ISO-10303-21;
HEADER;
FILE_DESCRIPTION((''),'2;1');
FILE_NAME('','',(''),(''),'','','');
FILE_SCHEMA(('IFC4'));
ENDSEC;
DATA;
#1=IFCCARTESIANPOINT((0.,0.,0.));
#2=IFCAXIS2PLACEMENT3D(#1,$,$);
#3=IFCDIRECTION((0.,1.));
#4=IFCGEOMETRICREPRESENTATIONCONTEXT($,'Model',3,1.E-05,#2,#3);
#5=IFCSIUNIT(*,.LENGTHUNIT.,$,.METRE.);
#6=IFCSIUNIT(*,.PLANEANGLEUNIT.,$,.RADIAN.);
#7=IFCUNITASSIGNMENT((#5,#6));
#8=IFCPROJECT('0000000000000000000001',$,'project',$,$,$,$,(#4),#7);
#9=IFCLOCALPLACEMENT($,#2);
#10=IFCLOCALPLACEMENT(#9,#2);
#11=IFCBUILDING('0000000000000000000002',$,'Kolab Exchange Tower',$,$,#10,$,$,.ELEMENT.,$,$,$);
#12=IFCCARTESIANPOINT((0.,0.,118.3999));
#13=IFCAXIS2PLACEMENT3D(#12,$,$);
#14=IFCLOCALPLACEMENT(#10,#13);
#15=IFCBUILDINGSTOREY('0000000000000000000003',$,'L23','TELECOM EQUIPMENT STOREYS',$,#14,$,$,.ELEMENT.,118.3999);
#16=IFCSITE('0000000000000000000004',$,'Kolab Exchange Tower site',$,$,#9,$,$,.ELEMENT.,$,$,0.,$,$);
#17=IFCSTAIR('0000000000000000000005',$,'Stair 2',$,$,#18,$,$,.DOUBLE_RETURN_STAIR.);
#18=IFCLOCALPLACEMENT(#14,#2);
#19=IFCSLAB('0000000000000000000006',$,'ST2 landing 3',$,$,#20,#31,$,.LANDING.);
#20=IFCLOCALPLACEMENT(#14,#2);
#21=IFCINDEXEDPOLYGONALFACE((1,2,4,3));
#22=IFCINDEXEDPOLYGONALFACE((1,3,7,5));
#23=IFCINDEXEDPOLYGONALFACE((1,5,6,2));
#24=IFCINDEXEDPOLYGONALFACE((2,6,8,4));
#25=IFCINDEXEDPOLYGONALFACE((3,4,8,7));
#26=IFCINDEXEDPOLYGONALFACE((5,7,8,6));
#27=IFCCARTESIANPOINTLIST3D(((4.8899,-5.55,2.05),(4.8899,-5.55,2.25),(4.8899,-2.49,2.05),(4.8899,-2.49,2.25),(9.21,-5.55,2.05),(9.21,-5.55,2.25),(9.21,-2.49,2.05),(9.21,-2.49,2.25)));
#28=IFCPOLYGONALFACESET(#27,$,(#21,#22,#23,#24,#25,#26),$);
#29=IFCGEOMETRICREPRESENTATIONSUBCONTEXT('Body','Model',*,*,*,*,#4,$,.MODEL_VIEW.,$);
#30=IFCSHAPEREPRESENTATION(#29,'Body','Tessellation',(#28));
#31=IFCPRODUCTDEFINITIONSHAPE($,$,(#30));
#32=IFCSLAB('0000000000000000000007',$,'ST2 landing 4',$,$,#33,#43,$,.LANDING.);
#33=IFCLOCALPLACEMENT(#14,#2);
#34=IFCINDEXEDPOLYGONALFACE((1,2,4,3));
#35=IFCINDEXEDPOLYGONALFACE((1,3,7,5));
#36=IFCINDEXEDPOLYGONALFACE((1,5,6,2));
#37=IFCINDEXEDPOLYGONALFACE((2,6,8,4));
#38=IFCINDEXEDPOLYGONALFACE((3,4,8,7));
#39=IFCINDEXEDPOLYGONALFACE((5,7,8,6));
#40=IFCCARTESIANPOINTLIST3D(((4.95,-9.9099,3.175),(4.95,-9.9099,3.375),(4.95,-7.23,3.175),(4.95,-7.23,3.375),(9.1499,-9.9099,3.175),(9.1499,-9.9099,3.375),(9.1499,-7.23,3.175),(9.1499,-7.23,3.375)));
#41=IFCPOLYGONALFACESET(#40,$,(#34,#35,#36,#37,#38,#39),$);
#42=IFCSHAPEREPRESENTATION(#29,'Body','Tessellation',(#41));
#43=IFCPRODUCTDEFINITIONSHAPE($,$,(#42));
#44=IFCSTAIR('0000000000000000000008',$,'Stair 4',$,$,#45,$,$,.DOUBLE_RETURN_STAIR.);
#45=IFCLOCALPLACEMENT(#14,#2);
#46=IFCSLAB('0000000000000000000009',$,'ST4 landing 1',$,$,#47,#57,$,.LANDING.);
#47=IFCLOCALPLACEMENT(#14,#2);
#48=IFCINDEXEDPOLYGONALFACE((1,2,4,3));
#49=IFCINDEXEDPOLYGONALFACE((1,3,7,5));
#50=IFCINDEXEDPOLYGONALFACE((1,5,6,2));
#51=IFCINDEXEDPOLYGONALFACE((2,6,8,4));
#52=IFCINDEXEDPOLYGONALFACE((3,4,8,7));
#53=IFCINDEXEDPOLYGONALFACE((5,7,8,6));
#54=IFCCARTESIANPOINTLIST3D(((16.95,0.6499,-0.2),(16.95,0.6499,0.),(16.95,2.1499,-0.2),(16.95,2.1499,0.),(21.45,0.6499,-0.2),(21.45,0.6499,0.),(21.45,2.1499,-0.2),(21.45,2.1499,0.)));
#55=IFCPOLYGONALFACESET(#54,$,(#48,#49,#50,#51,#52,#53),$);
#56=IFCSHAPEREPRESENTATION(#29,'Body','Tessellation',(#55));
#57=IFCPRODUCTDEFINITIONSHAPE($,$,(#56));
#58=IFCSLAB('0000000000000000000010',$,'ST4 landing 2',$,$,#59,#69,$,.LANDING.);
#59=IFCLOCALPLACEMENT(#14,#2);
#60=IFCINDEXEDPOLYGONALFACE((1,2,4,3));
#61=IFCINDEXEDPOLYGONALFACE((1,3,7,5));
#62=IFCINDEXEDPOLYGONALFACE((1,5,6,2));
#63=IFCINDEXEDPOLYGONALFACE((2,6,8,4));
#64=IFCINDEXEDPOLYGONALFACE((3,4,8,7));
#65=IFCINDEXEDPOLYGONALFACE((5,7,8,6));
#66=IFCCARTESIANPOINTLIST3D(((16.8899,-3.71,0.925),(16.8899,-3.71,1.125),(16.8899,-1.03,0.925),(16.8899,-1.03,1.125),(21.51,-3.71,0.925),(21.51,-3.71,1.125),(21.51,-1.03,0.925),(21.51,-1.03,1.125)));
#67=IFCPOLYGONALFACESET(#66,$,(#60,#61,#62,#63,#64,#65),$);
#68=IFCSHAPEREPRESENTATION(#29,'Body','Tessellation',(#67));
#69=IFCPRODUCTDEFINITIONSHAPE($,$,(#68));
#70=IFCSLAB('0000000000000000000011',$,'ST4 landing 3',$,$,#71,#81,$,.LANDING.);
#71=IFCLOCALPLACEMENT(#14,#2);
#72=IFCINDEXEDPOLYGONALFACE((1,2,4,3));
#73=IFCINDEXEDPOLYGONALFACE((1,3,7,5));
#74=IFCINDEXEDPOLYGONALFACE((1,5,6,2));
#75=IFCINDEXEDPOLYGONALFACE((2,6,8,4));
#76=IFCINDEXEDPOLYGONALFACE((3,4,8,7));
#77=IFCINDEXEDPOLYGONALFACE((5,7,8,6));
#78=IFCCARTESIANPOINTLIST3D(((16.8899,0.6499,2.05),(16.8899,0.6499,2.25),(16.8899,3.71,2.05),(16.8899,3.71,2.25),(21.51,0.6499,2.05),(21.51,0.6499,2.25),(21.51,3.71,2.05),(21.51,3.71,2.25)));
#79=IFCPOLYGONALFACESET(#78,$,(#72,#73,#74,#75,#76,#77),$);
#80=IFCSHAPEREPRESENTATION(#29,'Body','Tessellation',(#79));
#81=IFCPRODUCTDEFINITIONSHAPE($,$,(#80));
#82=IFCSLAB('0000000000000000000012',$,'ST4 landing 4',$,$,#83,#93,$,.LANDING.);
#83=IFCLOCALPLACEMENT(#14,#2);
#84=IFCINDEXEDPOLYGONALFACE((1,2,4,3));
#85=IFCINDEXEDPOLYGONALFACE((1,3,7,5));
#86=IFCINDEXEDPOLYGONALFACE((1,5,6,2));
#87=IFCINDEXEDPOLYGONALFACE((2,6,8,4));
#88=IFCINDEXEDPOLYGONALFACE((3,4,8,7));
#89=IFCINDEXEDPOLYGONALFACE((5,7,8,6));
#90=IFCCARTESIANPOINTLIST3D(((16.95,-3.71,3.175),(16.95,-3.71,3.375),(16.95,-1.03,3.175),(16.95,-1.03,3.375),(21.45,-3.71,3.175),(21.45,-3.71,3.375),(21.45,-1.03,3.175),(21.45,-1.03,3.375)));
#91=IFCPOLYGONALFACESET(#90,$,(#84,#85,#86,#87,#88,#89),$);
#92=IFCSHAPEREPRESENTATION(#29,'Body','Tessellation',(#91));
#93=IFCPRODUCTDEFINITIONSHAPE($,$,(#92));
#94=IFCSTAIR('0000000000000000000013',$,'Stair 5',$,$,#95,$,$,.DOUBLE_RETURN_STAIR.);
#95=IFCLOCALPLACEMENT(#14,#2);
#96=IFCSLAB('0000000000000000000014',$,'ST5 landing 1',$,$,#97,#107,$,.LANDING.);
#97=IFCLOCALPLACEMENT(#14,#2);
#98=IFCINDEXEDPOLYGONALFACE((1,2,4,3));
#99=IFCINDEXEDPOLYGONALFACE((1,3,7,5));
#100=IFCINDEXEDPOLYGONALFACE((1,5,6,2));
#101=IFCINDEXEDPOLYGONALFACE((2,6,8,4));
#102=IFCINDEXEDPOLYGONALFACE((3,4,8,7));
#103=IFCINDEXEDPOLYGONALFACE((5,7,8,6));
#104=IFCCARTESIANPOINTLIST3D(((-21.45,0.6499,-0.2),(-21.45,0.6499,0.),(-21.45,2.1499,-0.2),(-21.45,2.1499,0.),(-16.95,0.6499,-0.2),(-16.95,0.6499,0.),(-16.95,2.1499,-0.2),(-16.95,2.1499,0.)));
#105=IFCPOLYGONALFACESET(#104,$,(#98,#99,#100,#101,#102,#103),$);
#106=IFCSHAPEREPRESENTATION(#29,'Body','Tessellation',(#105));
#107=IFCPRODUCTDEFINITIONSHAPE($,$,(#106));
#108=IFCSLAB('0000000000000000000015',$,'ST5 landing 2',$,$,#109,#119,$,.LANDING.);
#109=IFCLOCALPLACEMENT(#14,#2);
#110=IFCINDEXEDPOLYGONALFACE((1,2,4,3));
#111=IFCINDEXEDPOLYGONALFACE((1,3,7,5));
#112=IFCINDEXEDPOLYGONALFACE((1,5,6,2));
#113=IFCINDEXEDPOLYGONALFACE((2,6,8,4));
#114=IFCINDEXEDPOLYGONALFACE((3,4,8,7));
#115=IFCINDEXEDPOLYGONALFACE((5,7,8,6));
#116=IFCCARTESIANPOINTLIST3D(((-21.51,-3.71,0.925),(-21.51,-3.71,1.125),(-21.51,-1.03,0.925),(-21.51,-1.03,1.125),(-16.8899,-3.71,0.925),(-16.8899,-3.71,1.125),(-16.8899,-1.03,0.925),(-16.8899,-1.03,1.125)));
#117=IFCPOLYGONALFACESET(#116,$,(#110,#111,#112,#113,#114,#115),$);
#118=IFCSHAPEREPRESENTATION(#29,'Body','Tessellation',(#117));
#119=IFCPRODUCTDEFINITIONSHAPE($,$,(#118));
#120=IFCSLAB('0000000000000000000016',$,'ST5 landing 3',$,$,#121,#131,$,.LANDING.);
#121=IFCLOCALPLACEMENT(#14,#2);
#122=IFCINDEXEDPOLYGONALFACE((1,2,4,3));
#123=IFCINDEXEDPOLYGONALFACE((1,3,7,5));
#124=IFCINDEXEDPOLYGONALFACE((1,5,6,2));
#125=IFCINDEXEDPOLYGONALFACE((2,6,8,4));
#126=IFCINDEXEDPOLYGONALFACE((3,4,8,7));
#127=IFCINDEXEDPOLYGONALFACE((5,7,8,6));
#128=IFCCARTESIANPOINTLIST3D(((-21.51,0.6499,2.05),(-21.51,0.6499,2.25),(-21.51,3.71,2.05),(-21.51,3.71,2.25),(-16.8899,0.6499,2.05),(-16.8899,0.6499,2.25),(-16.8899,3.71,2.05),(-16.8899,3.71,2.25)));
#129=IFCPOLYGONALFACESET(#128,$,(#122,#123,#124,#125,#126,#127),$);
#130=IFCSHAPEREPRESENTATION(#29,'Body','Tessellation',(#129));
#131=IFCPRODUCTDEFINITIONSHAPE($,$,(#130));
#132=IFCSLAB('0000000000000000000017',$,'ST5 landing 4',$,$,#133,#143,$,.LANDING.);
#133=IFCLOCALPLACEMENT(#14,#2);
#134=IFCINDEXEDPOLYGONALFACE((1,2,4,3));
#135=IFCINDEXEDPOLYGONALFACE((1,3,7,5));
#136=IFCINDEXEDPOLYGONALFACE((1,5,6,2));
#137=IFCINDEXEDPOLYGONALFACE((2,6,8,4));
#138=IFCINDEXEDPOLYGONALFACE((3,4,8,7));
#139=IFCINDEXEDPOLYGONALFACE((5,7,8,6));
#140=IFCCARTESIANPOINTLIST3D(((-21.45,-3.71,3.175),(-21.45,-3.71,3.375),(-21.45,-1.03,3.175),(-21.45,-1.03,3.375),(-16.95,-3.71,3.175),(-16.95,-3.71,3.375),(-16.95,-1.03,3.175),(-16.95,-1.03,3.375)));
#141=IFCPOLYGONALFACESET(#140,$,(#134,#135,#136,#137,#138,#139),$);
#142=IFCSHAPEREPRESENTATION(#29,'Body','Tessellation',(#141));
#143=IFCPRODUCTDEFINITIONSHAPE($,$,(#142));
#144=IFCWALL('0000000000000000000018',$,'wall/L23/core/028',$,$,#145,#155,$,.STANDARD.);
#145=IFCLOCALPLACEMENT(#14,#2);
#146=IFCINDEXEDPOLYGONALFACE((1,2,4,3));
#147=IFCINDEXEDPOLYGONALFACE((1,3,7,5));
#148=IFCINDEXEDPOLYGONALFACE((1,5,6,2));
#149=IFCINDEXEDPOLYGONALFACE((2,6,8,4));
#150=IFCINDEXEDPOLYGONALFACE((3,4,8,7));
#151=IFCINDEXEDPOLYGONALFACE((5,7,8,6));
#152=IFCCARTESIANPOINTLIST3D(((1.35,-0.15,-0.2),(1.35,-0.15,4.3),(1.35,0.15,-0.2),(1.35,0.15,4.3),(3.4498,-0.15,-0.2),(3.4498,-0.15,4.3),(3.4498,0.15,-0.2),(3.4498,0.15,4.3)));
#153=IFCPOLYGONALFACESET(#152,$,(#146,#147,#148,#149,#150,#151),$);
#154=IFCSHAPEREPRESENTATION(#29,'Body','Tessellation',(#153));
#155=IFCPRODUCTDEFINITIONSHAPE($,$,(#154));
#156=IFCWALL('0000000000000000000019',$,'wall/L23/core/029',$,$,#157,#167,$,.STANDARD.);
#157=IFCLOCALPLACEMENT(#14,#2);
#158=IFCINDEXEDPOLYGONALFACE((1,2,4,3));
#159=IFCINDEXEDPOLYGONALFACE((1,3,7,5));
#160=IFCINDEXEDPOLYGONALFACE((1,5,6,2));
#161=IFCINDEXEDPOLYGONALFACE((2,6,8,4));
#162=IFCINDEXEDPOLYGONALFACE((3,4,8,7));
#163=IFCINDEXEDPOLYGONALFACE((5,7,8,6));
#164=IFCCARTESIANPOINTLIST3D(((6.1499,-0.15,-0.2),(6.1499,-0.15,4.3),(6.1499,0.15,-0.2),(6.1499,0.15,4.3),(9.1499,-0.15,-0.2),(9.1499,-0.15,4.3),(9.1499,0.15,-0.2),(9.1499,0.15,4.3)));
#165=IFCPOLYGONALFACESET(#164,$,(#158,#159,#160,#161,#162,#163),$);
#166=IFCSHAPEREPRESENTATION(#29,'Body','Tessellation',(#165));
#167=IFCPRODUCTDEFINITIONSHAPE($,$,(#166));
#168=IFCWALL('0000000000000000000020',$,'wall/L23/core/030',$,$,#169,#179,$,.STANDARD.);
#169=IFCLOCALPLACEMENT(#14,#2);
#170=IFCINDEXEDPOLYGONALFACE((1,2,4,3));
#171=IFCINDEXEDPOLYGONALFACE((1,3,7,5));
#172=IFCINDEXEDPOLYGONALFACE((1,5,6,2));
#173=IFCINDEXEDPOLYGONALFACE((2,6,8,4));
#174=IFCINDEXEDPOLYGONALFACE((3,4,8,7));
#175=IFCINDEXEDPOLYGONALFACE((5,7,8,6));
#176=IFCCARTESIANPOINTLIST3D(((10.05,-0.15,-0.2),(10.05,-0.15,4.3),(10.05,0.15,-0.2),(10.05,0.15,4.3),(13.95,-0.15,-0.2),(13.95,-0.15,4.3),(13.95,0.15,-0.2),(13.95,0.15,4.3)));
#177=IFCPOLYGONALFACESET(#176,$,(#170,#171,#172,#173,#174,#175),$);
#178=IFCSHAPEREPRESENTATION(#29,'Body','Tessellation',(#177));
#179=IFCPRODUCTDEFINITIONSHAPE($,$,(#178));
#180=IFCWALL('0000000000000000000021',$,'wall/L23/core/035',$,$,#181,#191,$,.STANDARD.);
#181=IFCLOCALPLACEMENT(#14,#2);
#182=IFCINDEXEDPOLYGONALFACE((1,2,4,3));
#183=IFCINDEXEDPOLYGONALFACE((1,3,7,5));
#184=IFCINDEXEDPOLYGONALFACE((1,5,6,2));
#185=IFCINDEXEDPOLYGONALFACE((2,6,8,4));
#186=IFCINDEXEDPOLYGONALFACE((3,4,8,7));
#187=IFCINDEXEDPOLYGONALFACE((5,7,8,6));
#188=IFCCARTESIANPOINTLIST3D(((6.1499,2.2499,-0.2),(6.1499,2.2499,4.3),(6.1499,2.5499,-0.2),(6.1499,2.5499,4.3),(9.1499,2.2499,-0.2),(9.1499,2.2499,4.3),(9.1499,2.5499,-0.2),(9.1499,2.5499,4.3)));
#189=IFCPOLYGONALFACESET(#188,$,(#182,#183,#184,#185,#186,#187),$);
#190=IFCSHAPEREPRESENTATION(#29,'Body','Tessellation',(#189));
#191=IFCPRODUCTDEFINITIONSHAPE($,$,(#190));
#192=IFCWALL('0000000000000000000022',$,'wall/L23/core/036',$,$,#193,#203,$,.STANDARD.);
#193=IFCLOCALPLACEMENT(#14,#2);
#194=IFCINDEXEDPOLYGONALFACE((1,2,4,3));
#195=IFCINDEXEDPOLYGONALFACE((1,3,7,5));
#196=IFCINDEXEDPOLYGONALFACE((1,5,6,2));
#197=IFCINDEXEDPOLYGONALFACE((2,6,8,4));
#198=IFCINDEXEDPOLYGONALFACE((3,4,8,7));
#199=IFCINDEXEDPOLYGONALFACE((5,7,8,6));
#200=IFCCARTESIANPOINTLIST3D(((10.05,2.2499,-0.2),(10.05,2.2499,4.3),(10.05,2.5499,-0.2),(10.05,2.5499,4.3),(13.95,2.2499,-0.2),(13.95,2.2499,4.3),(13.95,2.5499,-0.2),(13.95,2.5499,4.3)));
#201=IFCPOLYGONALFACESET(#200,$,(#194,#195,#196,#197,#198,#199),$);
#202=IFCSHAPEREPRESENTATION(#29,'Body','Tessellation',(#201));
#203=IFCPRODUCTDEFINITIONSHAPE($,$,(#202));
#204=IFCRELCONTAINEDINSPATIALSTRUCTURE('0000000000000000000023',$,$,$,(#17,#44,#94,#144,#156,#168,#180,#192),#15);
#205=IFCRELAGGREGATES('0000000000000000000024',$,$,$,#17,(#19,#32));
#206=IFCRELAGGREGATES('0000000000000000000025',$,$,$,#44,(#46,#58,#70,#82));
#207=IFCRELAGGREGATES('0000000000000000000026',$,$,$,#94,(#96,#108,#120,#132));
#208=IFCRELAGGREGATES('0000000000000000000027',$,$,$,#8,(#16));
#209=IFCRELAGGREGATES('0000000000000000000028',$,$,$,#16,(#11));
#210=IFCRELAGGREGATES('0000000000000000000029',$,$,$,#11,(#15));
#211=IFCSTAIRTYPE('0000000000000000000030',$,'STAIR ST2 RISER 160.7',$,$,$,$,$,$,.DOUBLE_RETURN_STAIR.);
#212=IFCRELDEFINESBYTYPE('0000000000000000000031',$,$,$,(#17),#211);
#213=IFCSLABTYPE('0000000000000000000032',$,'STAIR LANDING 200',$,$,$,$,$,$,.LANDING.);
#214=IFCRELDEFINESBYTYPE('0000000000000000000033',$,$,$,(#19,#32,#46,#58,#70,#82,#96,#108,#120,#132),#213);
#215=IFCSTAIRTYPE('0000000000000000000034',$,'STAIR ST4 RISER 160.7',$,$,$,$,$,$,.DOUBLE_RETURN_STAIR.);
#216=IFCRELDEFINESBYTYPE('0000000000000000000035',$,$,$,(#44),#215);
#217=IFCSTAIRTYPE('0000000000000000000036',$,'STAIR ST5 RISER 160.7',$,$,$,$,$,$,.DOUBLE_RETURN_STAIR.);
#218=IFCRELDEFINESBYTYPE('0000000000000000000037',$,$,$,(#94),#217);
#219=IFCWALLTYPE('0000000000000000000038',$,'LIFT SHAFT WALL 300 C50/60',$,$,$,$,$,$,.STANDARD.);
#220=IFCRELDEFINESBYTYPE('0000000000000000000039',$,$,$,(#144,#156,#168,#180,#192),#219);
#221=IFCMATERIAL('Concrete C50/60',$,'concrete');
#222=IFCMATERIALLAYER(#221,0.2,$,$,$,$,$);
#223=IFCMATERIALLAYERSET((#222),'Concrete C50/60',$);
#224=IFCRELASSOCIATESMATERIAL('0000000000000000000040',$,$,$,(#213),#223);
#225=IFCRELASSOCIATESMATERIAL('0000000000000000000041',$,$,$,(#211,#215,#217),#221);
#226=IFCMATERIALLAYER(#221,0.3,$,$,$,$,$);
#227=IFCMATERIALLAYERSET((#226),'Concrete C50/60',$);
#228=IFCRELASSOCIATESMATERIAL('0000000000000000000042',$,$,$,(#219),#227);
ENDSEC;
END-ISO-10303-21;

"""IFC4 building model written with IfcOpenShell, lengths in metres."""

from ifc_helpers import new_model, si_unit, direction, frame, frame_2d, origin, place, context, subcontext, project, spatial, polyline, rectangle, outline, extrude, material, layer, layer_set, type_object, element, aggregate, save


model = new_model("IFC4")

# Units and contexts
model_context = context("Model", 3, precision=1e-05, world=origin(), true_north=direction((0.0, 1.0)))
body_context = subcontext(model_context, "Body", "Model", "MODEL_VIEW")
ifc_project = project(units=[si_unit("LENGTHUNIT", "METRE"), si_unit("PLANEANGLEUNIT", "RADIAN")], contexts=[model_context])

# Site, building, storey
site_placement = place(None, origin())
site = spatial("IfcSite", under=ifc_project, at=site_placement, Name="Kolab Exchange Tower site", CompositionType="ELEMENT", RefElevation=0.0)
building_placement = place(site_placement, origin())
building = spatial("IfcBuilding", under=site, at=building_placement, Name="Kolab Exchange Tower", CompositionType="ELEMENT")
storey_placement = place(building_placement, frame((0.0, 0.0, 118.3999)))
storey = spatial("IfcBuildingStorey", under=building, at=storey_placement, Name="L23", Description="TELECOM EQUIPMENT STOREYS", CompositionType="ELEMENT", Elevation=118.3999)

# Stairs, slabs
ifc_material_1 = material(Name="Concrete C50/60", Category="concrete")
ifc_layer_1 = layer(ifc_material_1, 0.2)
ifc_layer_set_1 = layer_set([ifc_layer_1], Name="Concrete C50/60")
slab_type_1 = type_object("IfcSlabType", Name="STAIR LANDING 200", PredefinedType="LANDING", material=ifc_layer_set_1)
stair_type_1 = type_object("IfcStairType", Name="STAIR ST2 RISER 160.7", PredefinedType="DOUBLE_RETURN_STAIR", material=ifc_material_1)
stair_1_placement = place(storey_placement, origin())
stair_1 = element("IfcStair", 1, at=stair_1_placement, inside=storey, type_object=stair_type_1, Name="Stair 2", PredefinedType="DOUBLE_RETURN_STAIR")
slab_1_placement = place(storey_placement, frame((0.0, 0.0, 2.05)))
slab_1 = element("IfcSlab", 2, at=slab_1_placement, type_object=slab_type_1, Name="ST2 landing 3", PredefinedType="LANDING", context=body_context, shape_type="SweptSolid", body=[
    extrude(outline(polyline([(4.8899, -5.55), (9.21, -5.55), (9.21, -2.49), (4.8899, -2.49), (4.8899, -5.55)])), origin(), (0.0, 0.0, 1.0), 0.2),
])
slab_2_placement = place(storey_placement, frame((0.0, 0.0, 3.175)))
slab_2 = element("IfcSlab", 3, at=slab_2_placement, type_object=slab_type_1, Name="ST2 landing 4", PredefinedType="LANDING", context=body_context, shape_type="SweptSolid", body=[
    extrude(outline(polyline([(4.95, -9.9099), (9.1499, -9.9099), (9.1499, -7.23), (4.95, -7.23), (4.95, -9.9099)])), origin(), (0.0, 0.0, 1.0), 0.2),
])
aggregate(stair_1, [slab_1, slab_2])
stair_type_2 = type_object("IfcStairType", Name="STAIR ST4 RISER 160.7", PredefinedType="DOUBLE_RETURN_STAIR", material=ifc_material_1)
stair_2_placement = place(storey_placement, origin())
stair_2 = element("IfcStair", 4, at=stair_2_placement, inside=storey, type_object=stair_type_2, Name="Stair 4", PredefinedType="DOUBLE_RETURN_STAIR")
slab_3_placement = place(storey_placement, frame((0.0, 0.0, -0.2)))
slab_3 = element("IfcSlab", 5, at=slab_3_placement, type_object=slab_type_1, Name="ST4 landing 1", PredefinedType="LANDING", context=body_context, shape_type="SweptSolid", body=[
    extrude(outline(polyline([(16.95, 0.6499), (21.45, 0.6499), (21.45, 2.1499), (16.95, 2.1499), (16.95, 0.6499)])), origin(), (0.0, 0.0, 1.0), 0.2),
])
slab_4_placement = place(storey_placement, frame((0.0, 0.0, 0.925)))
slab_4 = element("IfcSlab", 6, at=slab_4_placement, type_object=slab_type_1, Name="ST4 landing 2", PredefinedType="LANDING", context=body_context, shape_type="SweptSolid", body=[
    extrude(outline(polyline([(16.8899, -3.71), (21.51, -3.71), (21.51, -1.03), (16.8899, -1.03), (16.8899, -3.71)])), origin(), (0.0, 0.0, 1.0), 0.2),
])
slab_5_placement = place(storey_placement, frame((0.0, 0.0, 2.05)))
slab_5 = element("IfcSlab", 7, at=slab_5_placement, type_object=slab_type_1, Name="ST4 landing 3", PredefinedType="LANDING", context=body_context, shape_type="SweptSolid", body=[
    extrude(outline(polyline([(16.8899, 0.6499), (21.51, 0.6499), (21.51, 3.71), (16.8899, 3.71), (16.8899, 0.6499)])), origin(), (0.0, 0.0, 1.0), 0.2),
])
slab_6_placement = place(storey_placement, frame((0.0, 0.0, 3.175)))
slab_6 = element("IfcSlab", 8, at=slab_6_placement, type_object=slab_type_1, Name="ST4 landing 4", PredefinedType="LANDING", context=body_context, shape_type="SweptSolid", body=[
    extrude(outline(polyline([(16.95, -3.71), (21.45, -3.71), (21.45, -1.03), (16.95, -1.03), (16.95, -3.71)])), origin(), (0.0, 0.0, 1.0), 0.2),
])
aggregate(stair_2, [slab_3, slab_4, slab_5, slab_6])
stair_type_3 = type_object("IfcStairType", Name="STAIR ST5 RISER 160.7", PredefinedType="DOUBLE_RETURN_STAIR", material=ifc_material_1)
stair_3_placement = place(storey_placement, origin())
stair_3 = element("IfcStair", 9, at=stair_3_placement, inside=storey, type_object=stair_type_3, Name="Stair 5", PredefinedType="DOUBLE_RETURN_STAIR")
slab_7_placement = place(storey_placement, frame((0.0, 0.0, -0.2)))
slab_7 = element("IfcSlab", 10, at=slab_7_placement, type_object=slab_type_1, Name="ST5 landing 1", PredefinedType="LANDING", context=body_context, shape_type="SweptSolid", body=[
    extrude(outline(polyline([(-21.45, 0.6499), (-16.95, 0.6499), (-16.95, 2.1499), (-21.45, 2.1499), (-21.45, 0.6499)])), origin(), (0.0, 0.0, 1.0), 0.2),
])
slab_8_placement = place(storey_placement, frame((0.0, 0.0, 0.925)))
slab_8 = element("IfcSlab", 11, at=slab_8_placement, type_object=slab_type_1, Name="ST5 landing 2", PredefinedType="LANDING", context=body_context, shape_type="SweptSolid", body=[
    extrude(outline(polyline([(-21.51, -3.71), (-16.8899, -3.71), (-16.8899, -1.03), (-21.51, -1.03), (-21.51, -3.71)])), origin(), (0.0, 0.0, 1.0), 0.2),
])
slab_9_placement = place(storey_placement, frame((0.0, 0.0, 2.05)))
slab_9 = element("IfcSlab", 12, at=slab_9_placement, type_object=slab_type_1, Name="ST5 landing 3", PredefinedType="LANDING", context=body_context, shape_type="SweptSolid", body=[
    extrude(outline(polyline([(-21.51, 0.6499), (-16.8899, 0.6499), (-16.8899, 3.71), (-21.51, 3.71), (-21.51, 0.6499)])), origin(), (0.0, 0.0, 1.0), 0.2),
])
slab_10_placement = place(storey_placement, frame((0.0, 0.0, 3.175)))
slab_10 = element("IfcSlab", 13, at=slab_10_placement, type_object=slab_type_1, Name="ST5 landing 4", PredefinedType="LANDING", context=body_context, shape_type="SweptSolid", body=[
    extrude(outline(polyline([(-21.45, -3.71), (-16.95, -3.71), (-16.95, -1.03), (-21.45, -1.03), (-21.45, -3.71)])), origin(), (0.0, 0.0, 1.0), 0.2),
])
aggregate(stair_3, [slab_7, slab_8, slab_9, slab_10])

# Walls
ifc_layer_2 = layer(ifc_material_1, 0.3)
ifc_layer_set_2 = layer_set([ifc_layer_2], Name="Concrete C50/60")
wall_type = type_object("IfcWallType", Name="LIFT SHAFT WALL 300 C50/60", PredefinedType="STANDARD", material=ifc_layer_set_2)
wall_1_placement = place(storey_placement, frame((1.3501, 0.0, -0.2), z_axis=(0.0, 0.0, 1.0), x_axis=(1.0, 0.0, 0.0)))
element("IfcWall", 14, at=wall_1_placement, inside=storey, type_object=wall_type, Name="wall/L23/core/028", PredefinedType="STANDARD", context=body_context, shape_type="SweptSolid", body=[
    extrude(rectangle(XDim=2.0999, YDim=0.3, at=frame_2d((1.0498, 0.0))), origin(), (0.0, 0.0, 1.0), 4.5),
])
wall_2_placement = place(storey_placement, frame((6.1499, 0.0, -0.2), z_axis=(0.0, 0.0, 1.0), x_axis=(1.0, 0.0, 0.0)))
element("IfcWall", 15, at=wall_2_placement, inside=storey, type_object=wall_type, Name="wall/L23/core/029", PredefinedType="STANDARD", context=body_context, shape_type="SweptSolid", body=[
    extrude(rectangle(XDim=3.0, YDim=0.3, at=frame_2d((1.5, 0.0))), origin(), (0.0, 0.0, 1.0), 4.5),
])
wall_3_placement = place(storey_placement, frame((10.05, 0.0, -0.2), z_axis=(0.0, 0.0, 1.0), x_axis=(1.0, 0.0, 0.0)))
element("IfcWall", 16, at=wall_3_placement, inside=storey, type_object=wall_type, Name="wall/L23/core/030", PredefinedType="STANDARD", context=body_context, shape_type="SweptSolid", body=[
    extrude(rectangle(XDim=3.8999, YDim=0.3, at=frame_2d((1.95, 0.0))), origin(), (0.0, 0.0, 1.0), 4.5),
])
wall_4_placement = place(storey_placement, frame((6.1499, 2.3999, -0.2), z_axis=(0.0, 0.0, 1.0), x_axis=(1.0, 0.0, 0.0)))
element("IfcWall", 17, at=wall_4_placement, inside=storey, type_object=wall_type, Name="wall/L23/core/035", PredefinedType="STANDARD", context=body_context, shape_type="SweptSolid", body=[
    extrude(rectangle(XDim=3.0, YDim=0.3, at=frame_2d((1.5, 0.0))), origin(), (0.0, 0.0, 1.0), 4.5),
])
wall_5_placement = place(storey_placement, frame((10.05, 2.3999, -0.2), z_axis=(0.0, 0.0, 1.0), x_axis=(1.0, 0.0, 0.0)))
element("IfcWall", 18, at=wall_5_placement, inside=storey, type_object=wall_type, Name="wall/L23/core/036", PredefinedType="STANDARD", context=body_context, shape_type="SweptSolid", body=[
    extrude(rectangle(XDim=3.8999, YDim=0.3, at=frame_2d((1.95, 0.0))), origin(), (0.0, 0.0, 1.0), 4.5),
])

save(model, "model.ifc")
